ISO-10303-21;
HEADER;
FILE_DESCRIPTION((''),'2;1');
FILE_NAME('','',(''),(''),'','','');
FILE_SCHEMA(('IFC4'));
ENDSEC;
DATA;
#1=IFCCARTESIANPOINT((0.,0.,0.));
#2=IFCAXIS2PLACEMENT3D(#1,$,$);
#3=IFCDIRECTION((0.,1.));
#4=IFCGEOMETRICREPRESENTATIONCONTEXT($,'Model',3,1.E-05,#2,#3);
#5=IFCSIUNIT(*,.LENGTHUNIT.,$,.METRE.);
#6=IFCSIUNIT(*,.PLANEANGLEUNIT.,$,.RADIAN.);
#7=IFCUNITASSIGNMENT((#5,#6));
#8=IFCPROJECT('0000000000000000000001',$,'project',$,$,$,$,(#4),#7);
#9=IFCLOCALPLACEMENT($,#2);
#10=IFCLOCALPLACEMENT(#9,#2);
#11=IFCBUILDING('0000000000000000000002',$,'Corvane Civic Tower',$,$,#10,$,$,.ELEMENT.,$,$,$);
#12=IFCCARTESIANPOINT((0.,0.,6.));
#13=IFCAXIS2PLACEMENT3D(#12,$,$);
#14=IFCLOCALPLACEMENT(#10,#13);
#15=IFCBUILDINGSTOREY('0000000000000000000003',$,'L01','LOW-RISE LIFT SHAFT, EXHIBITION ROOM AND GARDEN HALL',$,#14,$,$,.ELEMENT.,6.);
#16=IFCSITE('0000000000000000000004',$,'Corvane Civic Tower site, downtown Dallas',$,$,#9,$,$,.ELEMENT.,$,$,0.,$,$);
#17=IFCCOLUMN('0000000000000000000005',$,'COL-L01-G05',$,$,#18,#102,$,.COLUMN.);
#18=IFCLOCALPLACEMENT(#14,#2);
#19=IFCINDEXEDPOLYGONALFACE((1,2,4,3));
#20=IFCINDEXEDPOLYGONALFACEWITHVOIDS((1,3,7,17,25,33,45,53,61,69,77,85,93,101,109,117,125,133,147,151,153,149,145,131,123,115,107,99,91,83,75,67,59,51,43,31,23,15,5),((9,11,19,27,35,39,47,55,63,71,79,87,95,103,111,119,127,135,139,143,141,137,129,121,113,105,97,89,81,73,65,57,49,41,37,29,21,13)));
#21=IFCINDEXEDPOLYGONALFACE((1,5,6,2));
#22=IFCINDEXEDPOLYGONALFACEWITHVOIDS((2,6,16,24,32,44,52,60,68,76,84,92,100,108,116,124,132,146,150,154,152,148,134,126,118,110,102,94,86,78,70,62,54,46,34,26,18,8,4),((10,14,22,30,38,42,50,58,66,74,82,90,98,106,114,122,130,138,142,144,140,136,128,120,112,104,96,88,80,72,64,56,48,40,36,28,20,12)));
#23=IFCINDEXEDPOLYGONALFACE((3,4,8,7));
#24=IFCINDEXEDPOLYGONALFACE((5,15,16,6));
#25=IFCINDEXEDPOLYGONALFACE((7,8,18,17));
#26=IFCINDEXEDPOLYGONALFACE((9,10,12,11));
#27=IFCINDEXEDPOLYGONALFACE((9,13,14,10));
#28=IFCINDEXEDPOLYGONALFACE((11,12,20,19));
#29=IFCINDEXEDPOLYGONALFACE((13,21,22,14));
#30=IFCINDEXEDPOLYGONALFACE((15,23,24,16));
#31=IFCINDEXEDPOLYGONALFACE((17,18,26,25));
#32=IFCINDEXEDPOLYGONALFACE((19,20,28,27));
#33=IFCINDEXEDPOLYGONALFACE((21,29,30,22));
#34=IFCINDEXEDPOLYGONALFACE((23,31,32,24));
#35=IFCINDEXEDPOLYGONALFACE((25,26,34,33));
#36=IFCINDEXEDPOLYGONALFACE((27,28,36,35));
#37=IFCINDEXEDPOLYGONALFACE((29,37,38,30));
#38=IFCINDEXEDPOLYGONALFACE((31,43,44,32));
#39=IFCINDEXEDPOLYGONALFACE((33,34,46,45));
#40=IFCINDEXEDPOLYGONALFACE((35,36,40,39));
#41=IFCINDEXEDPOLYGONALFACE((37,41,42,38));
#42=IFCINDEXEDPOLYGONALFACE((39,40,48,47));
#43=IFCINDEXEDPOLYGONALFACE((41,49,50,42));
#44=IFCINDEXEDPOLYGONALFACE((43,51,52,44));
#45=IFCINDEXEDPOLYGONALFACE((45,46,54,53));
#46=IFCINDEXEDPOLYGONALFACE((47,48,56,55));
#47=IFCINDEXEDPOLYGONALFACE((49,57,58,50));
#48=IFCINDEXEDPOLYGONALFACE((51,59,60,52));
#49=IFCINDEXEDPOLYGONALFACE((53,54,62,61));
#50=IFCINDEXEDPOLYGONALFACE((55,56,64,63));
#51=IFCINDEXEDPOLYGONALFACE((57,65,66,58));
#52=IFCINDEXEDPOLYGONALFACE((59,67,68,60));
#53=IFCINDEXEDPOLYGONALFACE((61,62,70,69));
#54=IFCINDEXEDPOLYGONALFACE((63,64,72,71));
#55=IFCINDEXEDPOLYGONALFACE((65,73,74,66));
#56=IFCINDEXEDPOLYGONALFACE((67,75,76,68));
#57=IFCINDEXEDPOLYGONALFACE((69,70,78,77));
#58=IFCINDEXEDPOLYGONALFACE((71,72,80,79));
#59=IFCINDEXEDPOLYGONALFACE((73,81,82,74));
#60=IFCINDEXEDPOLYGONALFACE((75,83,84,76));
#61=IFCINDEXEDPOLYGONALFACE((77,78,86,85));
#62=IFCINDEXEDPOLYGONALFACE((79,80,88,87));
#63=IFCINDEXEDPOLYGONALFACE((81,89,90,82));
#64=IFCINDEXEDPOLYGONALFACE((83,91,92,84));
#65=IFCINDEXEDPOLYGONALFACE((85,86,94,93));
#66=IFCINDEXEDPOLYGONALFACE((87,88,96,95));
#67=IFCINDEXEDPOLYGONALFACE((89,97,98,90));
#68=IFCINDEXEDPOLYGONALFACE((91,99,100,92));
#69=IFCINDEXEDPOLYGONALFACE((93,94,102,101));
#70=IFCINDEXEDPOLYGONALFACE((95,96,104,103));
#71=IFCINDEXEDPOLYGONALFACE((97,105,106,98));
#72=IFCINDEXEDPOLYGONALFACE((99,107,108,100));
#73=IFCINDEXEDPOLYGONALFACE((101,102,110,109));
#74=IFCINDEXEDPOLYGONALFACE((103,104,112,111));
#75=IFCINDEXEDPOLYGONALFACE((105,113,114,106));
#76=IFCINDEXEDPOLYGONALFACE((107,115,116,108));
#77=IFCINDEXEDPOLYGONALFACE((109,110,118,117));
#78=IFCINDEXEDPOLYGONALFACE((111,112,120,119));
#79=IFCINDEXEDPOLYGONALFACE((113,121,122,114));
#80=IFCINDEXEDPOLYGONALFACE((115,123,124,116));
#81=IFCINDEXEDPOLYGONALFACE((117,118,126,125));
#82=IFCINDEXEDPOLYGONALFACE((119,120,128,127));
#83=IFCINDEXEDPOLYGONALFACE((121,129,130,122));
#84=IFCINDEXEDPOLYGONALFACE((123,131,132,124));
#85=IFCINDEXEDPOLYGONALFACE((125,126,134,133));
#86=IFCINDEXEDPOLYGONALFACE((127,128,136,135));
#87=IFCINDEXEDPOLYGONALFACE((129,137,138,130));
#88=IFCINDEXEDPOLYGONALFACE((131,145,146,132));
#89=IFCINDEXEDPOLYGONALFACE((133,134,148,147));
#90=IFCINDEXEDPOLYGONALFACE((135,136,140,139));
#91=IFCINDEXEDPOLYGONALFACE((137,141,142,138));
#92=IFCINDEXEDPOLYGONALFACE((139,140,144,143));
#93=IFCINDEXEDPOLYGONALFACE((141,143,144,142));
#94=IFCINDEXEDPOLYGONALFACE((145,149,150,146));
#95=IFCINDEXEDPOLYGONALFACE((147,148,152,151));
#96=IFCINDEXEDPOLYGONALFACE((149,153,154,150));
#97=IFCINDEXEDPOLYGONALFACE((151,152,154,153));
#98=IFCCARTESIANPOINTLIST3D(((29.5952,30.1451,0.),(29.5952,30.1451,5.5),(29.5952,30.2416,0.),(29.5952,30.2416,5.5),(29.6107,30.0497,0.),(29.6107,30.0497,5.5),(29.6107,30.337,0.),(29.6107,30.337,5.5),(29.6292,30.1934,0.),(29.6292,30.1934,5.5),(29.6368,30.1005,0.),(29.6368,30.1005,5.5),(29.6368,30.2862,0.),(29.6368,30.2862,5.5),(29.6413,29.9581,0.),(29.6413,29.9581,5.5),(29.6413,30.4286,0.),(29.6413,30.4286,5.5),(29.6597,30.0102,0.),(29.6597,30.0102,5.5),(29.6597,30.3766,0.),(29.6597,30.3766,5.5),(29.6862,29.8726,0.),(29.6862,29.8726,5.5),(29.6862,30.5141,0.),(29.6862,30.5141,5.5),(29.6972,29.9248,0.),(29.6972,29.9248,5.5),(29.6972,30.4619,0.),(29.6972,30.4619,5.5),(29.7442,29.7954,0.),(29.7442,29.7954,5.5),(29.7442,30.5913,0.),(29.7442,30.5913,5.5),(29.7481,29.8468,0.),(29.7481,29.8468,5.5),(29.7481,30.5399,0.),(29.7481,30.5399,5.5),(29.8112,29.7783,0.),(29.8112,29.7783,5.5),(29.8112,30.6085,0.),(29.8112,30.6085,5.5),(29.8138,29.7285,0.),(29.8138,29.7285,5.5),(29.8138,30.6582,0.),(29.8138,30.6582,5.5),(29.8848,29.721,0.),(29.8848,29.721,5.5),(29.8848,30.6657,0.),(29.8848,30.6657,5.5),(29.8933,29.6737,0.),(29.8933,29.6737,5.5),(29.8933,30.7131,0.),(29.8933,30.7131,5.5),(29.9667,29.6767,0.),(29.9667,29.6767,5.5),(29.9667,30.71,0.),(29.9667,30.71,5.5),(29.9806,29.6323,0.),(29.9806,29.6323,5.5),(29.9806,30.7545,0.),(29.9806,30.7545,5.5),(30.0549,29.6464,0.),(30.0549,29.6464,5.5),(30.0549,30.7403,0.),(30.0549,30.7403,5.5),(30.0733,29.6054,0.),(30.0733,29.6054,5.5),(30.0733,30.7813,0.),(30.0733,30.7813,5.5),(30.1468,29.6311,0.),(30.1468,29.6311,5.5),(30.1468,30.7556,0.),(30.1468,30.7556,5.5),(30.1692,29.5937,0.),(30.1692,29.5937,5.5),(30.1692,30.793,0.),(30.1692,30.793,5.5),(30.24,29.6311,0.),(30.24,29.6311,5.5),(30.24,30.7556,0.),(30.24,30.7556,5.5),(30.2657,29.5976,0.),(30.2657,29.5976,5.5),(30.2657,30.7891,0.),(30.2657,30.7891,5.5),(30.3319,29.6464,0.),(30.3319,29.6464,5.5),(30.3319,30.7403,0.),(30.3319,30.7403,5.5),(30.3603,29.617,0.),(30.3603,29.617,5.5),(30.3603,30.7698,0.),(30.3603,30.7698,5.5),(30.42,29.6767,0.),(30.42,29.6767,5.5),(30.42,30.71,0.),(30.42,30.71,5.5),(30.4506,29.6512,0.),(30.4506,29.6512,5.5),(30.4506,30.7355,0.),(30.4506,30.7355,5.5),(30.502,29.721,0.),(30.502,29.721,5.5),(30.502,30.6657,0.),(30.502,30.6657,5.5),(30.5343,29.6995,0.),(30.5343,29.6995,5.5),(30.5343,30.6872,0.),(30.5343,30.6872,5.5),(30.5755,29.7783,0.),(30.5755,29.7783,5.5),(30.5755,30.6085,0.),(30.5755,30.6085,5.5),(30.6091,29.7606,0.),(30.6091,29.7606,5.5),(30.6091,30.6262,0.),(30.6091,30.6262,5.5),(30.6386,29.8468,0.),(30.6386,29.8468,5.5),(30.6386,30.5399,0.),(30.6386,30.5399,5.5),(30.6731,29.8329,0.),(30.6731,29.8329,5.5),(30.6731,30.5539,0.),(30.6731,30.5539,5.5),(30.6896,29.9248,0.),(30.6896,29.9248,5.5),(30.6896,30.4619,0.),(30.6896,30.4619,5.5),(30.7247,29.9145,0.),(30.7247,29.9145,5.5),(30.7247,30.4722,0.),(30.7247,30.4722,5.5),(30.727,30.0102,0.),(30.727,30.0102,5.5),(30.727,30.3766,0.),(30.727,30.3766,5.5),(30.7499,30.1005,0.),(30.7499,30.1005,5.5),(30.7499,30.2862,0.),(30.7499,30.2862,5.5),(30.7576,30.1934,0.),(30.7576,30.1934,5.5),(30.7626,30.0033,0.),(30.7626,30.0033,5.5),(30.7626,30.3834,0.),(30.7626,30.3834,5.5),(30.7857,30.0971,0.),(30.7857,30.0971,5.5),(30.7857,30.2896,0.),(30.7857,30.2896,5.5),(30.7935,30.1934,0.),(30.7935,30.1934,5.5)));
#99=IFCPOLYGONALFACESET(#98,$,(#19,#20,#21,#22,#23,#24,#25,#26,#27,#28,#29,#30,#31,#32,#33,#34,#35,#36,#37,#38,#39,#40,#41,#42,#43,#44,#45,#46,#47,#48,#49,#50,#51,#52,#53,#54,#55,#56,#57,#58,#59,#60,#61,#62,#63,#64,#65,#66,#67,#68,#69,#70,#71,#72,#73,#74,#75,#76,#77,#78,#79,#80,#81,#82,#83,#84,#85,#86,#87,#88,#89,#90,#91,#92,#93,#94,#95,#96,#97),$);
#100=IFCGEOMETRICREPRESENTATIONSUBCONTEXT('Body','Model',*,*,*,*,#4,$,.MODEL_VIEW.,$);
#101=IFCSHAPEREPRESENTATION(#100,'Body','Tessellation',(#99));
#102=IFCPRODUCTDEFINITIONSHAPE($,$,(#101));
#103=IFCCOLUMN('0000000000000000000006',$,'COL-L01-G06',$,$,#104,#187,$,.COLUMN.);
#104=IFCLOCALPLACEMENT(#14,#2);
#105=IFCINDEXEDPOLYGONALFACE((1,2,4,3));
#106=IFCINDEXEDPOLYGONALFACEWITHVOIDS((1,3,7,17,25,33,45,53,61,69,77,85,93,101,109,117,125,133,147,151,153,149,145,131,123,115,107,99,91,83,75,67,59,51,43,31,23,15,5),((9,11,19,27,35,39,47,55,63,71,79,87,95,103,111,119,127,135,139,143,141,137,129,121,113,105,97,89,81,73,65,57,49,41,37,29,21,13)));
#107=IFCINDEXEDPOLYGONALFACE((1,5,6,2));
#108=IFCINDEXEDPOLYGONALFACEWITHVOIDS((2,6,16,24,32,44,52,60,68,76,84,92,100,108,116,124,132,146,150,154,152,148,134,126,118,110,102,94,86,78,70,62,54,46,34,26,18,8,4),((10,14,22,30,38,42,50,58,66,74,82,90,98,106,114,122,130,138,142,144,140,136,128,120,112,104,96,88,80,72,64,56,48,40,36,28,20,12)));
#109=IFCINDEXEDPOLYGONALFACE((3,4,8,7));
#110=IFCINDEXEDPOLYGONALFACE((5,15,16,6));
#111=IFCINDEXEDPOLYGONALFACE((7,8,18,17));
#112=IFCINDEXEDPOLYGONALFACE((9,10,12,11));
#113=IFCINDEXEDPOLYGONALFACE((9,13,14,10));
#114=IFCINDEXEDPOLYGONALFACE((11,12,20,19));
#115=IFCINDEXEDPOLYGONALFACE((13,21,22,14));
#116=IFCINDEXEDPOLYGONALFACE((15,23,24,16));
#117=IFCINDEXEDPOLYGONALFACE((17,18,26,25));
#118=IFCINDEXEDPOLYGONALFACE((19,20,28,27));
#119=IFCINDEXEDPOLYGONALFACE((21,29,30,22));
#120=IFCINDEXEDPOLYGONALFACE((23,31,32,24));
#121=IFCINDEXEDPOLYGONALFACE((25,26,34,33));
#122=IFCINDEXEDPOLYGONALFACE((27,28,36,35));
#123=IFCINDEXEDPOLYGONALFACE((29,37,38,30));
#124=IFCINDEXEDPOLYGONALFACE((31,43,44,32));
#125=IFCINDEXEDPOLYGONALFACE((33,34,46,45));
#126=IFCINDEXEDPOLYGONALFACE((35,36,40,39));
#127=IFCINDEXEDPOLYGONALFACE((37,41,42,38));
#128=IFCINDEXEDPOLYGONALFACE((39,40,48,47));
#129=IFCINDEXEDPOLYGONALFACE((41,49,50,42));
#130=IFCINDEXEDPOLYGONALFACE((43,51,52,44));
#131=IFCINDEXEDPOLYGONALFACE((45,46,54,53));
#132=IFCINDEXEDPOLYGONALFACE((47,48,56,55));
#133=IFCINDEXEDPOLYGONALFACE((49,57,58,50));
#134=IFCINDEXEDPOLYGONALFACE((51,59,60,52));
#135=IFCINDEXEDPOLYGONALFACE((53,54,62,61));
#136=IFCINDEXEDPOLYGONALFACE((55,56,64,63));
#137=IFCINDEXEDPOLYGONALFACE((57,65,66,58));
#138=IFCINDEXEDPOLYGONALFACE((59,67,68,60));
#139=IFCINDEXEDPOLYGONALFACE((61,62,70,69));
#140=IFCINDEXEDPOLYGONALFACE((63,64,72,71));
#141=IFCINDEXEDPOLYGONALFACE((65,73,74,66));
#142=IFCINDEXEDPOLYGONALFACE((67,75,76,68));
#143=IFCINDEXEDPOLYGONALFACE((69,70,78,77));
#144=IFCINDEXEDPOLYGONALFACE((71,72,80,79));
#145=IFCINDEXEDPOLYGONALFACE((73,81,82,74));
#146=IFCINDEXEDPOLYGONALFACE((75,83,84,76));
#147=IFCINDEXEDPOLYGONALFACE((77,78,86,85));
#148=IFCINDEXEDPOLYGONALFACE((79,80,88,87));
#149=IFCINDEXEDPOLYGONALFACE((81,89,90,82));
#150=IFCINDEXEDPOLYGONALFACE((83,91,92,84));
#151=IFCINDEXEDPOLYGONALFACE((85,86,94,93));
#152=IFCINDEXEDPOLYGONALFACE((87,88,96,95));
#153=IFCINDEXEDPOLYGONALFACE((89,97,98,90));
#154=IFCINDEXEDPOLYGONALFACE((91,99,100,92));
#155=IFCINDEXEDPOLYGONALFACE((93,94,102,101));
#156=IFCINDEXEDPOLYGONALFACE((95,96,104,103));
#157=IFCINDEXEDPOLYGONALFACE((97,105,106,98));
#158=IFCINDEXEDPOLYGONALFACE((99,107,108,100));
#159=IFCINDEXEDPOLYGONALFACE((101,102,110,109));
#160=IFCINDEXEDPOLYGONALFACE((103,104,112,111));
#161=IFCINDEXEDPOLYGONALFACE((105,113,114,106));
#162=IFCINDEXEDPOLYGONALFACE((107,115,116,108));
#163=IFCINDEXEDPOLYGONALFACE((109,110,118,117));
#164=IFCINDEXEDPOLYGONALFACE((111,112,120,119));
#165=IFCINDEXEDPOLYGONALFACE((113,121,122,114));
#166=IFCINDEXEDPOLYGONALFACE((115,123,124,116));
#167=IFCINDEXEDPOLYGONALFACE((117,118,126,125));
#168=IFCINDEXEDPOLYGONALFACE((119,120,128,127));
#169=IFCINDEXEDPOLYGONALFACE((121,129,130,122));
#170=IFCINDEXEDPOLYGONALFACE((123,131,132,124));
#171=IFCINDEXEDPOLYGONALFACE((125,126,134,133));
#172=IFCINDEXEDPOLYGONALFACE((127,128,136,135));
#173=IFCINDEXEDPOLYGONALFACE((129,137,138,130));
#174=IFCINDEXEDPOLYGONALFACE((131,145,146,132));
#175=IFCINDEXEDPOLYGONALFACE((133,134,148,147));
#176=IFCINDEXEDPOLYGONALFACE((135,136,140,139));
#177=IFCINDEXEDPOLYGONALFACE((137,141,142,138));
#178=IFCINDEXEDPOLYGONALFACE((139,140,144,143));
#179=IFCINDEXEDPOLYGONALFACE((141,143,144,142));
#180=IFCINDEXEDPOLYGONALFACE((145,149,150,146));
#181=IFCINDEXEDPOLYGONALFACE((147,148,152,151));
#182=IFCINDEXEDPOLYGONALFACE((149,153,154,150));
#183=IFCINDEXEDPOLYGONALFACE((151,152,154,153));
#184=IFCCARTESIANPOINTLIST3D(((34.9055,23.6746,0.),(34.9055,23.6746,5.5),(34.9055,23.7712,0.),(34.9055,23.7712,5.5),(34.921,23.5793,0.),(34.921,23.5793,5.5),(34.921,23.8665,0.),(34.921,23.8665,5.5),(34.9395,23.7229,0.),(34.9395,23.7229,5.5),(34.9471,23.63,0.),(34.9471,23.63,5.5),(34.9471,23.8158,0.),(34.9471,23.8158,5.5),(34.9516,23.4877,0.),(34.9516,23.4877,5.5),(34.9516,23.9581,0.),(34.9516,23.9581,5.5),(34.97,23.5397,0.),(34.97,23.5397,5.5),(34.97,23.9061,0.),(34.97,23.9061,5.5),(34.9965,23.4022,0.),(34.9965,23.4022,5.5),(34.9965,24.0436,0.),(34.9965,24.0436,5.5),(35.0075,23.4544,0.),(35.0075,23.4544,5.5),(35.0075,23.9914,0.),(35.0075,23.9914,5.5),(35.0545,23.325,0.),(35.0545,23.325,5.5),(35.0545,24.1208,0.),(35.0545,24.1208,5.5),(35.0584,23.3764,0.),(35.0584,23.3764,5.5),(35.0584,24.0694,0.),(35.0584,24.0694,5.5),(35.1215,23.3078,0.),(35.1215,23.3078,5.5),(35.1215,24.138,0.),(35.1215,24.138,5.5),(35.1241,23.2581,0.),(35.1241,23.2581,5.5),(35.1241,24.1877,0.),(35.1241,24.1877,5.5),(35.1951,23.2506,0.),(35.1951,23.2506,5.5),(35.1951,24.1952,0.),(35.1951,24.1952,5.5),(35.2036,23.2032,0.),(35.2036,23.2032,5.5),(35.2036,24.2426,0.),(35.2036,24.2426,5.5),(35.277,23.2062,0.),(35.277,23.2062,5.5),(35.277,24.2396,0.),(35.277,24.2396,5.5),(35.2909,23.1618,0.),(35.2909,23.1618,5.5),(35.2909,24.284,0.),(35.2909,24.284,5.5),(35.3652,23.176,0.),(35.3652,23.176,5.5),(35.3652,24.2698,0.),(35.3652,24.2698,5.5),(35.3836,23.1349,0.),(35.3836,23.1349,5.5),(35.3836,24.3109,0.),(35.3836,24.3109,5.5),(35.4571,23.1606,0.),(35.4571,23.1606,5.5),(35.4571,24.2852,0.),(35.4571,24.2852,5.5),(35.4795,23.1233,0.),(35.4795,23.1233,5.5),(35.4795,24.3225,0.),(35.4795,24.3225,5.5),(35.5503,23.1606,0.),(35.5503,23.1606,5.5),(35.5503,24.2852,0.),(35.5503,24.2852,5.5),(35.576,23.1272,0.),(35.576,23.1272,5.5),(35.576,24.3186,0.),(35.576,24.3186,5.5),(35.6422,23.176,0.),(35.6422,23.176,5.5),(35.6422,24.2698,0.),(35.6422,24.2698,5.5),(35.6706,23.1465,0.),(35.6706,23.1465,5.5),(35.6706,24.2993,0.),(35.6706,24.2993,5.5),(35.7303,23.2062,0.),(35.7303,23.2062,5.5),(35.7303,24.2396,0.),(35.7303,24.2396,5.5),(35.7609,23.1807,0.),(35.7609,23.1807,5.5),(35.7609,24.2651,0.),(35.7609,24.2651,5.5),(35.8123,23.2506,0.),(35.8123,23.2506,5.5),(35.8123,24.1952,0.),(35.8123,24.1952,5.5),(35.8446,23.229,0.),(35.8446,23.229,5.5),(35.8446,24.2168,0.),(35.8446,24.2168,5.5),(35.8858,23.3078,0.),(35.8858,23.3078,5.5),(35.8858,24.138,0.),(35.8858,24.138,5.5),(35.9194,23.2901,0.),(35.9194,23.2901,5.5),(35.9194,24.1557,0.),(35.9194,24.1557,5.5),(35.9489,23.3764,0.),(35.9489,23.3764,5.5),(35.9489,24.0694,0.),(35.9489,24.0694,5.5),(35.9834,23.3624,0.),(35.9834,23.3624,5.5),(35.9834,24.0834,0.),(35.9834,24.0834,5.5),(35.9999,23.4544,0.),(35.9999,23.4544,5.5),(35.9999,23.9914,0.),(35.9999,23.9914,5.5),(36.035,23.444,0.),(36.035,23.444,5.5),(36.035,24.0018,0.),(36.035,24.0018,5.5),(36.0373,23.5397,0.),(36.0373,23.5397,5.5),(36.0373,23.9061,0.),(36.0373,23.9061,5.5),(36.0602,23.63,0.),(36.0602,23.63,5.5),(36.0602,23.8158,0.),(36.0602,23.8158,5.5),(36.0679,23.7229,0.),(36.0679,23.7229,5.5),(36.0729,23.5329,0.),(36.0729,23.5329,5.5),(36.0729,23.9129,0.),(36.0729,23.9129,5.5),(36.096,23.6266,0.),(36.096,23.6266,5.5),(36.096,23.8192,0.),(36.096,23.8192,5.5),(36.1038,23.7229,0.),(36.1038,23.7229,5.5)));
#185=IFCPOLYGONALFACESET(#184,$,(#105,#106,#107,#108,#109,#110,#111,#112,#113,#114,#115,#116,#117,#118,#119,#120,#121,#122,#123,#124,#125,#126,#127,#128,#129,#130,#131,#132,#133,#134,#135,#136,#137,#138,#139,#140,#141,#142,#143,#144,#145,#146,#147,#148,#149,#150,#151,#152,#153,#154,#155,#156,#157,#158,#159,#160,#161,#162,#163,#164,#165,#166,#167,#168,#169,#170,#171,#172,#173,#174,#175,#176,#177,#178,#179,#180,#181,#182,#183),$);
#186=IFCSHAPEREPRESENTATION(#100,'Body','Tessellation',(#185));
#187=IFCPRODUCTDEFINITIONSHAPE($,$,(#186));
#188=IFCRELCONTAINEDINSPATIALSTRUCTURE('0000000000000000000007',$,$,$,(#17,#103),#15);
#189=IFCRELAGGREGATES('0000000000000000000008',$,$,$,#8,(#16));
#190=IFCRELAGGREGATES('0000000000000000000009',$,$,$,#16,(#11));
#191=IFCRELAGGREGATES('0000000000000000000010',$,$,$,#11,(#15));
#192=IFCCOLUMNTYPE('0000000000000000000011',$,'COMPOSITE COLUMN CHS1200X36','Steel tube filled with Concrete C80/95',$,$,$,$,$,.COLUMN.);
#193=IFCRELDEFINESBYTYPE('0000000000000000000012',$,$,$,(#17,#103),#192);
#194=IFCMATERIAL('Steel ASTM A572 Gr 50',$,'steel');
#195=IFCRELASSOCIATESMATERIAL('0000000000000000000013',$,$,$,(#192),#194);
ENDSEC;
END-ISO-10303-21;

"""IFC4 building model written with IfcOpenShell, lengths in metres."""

from ifc_helpers import new_model, si_unit, direction, frame, origin, origin_2d, place, context, subcontext, project, spatial, hollow_circle, extrude, material, material_profile, profile_set, type_object, element, save


model = new_model("IFC4")

# Units and contexts
model_context = context("Model", 3, precision=1e-05, world=origin(), true_north=direction((0.0, 1.0)))
body_context = subcontext(model_context, "Body", "Model", "MODEL_VIEW")
ifc_project = project(units=[si_unit("LENGTHUNIT", "METRE"), si_unit("PLANEANGLEUNIT", "RADIAN")], contexts=[model_context])

# Site, building, storey
site_placement = place(None, origin())
site = spatial("IfcSite", under=ifc_project, at=site_placement, Name="Corvane Civic Tower site, downtown Dallas", CompositionType="ELEMENT", RefElevation=0.0)
building_placement = place(site_placement, origin())
building = spatial("IfcBuilding", under=site, at=building_placement, Name="Corvane Civic Tower", CompositionType="ELEMENT")
storey_placement = place(building_placement, frame((0.0, 0.0, 6.0)))
storey = spatial("IfcBuildingStorey", under=building, at=storey_placement, Name="L01", Description="LOW-RISE LIFT SHAFT, EXHIBITION ROOM AND GARDEN HALL", CompositionType="ELEMENT", Elevation=6.0)

# Columns
ifc_material_1 = material(Name="Steel ASTM A572 Gr 50", Category="steel")
ifc_material_profile_1 = material_profile(ifc_material_1, hollow_circle(Radius=0.6001, WallThickness=0.0359, at=origin_2d()), Name="CHS1200X36")
ifc_profile_set_1 = profile_set([ifc_material_profile_1], Name="Steel ASTM A572 Gr 50")
column_type_1 = type_object("IfcColumnType", Name="COMPOSITE COLUMN CHS1200X36", Description="Steel tube filled with Concrete C80/95", PredefinedType="COLUMN", material=ifc_profile_set_1)
for number, where, z_axis, x_axis, name in (
    (1, (30.1934, 30.1934, 0.0), (0.0, 0.0, 1.0), (1.0, 0.0, 0.0), "COL-L01-G05"),
    (2, (35.5037, 23.7229, 0.0), (0.0, 0.0, 1.0), (1.0, 0.0, 0.0), "COL-L01-G06"),
):
    element("IfcColumn", number, at=place(storey_placement, frame(where, z_axis=z_axis, x_axis=x_axis)), inside=storey, type_object=column_type_1, Name=name, PredefinedType="COLUMN", context=body_context, shape_type="SweptSolid", body=[
        extrude(hollow_circle(Radius=0.6001, WallThickness=0.0359, at=origin_2d()), origin(), (0.0, 0.0, 1.0), 5.5),
    ])

save(model, "model.ifc")
